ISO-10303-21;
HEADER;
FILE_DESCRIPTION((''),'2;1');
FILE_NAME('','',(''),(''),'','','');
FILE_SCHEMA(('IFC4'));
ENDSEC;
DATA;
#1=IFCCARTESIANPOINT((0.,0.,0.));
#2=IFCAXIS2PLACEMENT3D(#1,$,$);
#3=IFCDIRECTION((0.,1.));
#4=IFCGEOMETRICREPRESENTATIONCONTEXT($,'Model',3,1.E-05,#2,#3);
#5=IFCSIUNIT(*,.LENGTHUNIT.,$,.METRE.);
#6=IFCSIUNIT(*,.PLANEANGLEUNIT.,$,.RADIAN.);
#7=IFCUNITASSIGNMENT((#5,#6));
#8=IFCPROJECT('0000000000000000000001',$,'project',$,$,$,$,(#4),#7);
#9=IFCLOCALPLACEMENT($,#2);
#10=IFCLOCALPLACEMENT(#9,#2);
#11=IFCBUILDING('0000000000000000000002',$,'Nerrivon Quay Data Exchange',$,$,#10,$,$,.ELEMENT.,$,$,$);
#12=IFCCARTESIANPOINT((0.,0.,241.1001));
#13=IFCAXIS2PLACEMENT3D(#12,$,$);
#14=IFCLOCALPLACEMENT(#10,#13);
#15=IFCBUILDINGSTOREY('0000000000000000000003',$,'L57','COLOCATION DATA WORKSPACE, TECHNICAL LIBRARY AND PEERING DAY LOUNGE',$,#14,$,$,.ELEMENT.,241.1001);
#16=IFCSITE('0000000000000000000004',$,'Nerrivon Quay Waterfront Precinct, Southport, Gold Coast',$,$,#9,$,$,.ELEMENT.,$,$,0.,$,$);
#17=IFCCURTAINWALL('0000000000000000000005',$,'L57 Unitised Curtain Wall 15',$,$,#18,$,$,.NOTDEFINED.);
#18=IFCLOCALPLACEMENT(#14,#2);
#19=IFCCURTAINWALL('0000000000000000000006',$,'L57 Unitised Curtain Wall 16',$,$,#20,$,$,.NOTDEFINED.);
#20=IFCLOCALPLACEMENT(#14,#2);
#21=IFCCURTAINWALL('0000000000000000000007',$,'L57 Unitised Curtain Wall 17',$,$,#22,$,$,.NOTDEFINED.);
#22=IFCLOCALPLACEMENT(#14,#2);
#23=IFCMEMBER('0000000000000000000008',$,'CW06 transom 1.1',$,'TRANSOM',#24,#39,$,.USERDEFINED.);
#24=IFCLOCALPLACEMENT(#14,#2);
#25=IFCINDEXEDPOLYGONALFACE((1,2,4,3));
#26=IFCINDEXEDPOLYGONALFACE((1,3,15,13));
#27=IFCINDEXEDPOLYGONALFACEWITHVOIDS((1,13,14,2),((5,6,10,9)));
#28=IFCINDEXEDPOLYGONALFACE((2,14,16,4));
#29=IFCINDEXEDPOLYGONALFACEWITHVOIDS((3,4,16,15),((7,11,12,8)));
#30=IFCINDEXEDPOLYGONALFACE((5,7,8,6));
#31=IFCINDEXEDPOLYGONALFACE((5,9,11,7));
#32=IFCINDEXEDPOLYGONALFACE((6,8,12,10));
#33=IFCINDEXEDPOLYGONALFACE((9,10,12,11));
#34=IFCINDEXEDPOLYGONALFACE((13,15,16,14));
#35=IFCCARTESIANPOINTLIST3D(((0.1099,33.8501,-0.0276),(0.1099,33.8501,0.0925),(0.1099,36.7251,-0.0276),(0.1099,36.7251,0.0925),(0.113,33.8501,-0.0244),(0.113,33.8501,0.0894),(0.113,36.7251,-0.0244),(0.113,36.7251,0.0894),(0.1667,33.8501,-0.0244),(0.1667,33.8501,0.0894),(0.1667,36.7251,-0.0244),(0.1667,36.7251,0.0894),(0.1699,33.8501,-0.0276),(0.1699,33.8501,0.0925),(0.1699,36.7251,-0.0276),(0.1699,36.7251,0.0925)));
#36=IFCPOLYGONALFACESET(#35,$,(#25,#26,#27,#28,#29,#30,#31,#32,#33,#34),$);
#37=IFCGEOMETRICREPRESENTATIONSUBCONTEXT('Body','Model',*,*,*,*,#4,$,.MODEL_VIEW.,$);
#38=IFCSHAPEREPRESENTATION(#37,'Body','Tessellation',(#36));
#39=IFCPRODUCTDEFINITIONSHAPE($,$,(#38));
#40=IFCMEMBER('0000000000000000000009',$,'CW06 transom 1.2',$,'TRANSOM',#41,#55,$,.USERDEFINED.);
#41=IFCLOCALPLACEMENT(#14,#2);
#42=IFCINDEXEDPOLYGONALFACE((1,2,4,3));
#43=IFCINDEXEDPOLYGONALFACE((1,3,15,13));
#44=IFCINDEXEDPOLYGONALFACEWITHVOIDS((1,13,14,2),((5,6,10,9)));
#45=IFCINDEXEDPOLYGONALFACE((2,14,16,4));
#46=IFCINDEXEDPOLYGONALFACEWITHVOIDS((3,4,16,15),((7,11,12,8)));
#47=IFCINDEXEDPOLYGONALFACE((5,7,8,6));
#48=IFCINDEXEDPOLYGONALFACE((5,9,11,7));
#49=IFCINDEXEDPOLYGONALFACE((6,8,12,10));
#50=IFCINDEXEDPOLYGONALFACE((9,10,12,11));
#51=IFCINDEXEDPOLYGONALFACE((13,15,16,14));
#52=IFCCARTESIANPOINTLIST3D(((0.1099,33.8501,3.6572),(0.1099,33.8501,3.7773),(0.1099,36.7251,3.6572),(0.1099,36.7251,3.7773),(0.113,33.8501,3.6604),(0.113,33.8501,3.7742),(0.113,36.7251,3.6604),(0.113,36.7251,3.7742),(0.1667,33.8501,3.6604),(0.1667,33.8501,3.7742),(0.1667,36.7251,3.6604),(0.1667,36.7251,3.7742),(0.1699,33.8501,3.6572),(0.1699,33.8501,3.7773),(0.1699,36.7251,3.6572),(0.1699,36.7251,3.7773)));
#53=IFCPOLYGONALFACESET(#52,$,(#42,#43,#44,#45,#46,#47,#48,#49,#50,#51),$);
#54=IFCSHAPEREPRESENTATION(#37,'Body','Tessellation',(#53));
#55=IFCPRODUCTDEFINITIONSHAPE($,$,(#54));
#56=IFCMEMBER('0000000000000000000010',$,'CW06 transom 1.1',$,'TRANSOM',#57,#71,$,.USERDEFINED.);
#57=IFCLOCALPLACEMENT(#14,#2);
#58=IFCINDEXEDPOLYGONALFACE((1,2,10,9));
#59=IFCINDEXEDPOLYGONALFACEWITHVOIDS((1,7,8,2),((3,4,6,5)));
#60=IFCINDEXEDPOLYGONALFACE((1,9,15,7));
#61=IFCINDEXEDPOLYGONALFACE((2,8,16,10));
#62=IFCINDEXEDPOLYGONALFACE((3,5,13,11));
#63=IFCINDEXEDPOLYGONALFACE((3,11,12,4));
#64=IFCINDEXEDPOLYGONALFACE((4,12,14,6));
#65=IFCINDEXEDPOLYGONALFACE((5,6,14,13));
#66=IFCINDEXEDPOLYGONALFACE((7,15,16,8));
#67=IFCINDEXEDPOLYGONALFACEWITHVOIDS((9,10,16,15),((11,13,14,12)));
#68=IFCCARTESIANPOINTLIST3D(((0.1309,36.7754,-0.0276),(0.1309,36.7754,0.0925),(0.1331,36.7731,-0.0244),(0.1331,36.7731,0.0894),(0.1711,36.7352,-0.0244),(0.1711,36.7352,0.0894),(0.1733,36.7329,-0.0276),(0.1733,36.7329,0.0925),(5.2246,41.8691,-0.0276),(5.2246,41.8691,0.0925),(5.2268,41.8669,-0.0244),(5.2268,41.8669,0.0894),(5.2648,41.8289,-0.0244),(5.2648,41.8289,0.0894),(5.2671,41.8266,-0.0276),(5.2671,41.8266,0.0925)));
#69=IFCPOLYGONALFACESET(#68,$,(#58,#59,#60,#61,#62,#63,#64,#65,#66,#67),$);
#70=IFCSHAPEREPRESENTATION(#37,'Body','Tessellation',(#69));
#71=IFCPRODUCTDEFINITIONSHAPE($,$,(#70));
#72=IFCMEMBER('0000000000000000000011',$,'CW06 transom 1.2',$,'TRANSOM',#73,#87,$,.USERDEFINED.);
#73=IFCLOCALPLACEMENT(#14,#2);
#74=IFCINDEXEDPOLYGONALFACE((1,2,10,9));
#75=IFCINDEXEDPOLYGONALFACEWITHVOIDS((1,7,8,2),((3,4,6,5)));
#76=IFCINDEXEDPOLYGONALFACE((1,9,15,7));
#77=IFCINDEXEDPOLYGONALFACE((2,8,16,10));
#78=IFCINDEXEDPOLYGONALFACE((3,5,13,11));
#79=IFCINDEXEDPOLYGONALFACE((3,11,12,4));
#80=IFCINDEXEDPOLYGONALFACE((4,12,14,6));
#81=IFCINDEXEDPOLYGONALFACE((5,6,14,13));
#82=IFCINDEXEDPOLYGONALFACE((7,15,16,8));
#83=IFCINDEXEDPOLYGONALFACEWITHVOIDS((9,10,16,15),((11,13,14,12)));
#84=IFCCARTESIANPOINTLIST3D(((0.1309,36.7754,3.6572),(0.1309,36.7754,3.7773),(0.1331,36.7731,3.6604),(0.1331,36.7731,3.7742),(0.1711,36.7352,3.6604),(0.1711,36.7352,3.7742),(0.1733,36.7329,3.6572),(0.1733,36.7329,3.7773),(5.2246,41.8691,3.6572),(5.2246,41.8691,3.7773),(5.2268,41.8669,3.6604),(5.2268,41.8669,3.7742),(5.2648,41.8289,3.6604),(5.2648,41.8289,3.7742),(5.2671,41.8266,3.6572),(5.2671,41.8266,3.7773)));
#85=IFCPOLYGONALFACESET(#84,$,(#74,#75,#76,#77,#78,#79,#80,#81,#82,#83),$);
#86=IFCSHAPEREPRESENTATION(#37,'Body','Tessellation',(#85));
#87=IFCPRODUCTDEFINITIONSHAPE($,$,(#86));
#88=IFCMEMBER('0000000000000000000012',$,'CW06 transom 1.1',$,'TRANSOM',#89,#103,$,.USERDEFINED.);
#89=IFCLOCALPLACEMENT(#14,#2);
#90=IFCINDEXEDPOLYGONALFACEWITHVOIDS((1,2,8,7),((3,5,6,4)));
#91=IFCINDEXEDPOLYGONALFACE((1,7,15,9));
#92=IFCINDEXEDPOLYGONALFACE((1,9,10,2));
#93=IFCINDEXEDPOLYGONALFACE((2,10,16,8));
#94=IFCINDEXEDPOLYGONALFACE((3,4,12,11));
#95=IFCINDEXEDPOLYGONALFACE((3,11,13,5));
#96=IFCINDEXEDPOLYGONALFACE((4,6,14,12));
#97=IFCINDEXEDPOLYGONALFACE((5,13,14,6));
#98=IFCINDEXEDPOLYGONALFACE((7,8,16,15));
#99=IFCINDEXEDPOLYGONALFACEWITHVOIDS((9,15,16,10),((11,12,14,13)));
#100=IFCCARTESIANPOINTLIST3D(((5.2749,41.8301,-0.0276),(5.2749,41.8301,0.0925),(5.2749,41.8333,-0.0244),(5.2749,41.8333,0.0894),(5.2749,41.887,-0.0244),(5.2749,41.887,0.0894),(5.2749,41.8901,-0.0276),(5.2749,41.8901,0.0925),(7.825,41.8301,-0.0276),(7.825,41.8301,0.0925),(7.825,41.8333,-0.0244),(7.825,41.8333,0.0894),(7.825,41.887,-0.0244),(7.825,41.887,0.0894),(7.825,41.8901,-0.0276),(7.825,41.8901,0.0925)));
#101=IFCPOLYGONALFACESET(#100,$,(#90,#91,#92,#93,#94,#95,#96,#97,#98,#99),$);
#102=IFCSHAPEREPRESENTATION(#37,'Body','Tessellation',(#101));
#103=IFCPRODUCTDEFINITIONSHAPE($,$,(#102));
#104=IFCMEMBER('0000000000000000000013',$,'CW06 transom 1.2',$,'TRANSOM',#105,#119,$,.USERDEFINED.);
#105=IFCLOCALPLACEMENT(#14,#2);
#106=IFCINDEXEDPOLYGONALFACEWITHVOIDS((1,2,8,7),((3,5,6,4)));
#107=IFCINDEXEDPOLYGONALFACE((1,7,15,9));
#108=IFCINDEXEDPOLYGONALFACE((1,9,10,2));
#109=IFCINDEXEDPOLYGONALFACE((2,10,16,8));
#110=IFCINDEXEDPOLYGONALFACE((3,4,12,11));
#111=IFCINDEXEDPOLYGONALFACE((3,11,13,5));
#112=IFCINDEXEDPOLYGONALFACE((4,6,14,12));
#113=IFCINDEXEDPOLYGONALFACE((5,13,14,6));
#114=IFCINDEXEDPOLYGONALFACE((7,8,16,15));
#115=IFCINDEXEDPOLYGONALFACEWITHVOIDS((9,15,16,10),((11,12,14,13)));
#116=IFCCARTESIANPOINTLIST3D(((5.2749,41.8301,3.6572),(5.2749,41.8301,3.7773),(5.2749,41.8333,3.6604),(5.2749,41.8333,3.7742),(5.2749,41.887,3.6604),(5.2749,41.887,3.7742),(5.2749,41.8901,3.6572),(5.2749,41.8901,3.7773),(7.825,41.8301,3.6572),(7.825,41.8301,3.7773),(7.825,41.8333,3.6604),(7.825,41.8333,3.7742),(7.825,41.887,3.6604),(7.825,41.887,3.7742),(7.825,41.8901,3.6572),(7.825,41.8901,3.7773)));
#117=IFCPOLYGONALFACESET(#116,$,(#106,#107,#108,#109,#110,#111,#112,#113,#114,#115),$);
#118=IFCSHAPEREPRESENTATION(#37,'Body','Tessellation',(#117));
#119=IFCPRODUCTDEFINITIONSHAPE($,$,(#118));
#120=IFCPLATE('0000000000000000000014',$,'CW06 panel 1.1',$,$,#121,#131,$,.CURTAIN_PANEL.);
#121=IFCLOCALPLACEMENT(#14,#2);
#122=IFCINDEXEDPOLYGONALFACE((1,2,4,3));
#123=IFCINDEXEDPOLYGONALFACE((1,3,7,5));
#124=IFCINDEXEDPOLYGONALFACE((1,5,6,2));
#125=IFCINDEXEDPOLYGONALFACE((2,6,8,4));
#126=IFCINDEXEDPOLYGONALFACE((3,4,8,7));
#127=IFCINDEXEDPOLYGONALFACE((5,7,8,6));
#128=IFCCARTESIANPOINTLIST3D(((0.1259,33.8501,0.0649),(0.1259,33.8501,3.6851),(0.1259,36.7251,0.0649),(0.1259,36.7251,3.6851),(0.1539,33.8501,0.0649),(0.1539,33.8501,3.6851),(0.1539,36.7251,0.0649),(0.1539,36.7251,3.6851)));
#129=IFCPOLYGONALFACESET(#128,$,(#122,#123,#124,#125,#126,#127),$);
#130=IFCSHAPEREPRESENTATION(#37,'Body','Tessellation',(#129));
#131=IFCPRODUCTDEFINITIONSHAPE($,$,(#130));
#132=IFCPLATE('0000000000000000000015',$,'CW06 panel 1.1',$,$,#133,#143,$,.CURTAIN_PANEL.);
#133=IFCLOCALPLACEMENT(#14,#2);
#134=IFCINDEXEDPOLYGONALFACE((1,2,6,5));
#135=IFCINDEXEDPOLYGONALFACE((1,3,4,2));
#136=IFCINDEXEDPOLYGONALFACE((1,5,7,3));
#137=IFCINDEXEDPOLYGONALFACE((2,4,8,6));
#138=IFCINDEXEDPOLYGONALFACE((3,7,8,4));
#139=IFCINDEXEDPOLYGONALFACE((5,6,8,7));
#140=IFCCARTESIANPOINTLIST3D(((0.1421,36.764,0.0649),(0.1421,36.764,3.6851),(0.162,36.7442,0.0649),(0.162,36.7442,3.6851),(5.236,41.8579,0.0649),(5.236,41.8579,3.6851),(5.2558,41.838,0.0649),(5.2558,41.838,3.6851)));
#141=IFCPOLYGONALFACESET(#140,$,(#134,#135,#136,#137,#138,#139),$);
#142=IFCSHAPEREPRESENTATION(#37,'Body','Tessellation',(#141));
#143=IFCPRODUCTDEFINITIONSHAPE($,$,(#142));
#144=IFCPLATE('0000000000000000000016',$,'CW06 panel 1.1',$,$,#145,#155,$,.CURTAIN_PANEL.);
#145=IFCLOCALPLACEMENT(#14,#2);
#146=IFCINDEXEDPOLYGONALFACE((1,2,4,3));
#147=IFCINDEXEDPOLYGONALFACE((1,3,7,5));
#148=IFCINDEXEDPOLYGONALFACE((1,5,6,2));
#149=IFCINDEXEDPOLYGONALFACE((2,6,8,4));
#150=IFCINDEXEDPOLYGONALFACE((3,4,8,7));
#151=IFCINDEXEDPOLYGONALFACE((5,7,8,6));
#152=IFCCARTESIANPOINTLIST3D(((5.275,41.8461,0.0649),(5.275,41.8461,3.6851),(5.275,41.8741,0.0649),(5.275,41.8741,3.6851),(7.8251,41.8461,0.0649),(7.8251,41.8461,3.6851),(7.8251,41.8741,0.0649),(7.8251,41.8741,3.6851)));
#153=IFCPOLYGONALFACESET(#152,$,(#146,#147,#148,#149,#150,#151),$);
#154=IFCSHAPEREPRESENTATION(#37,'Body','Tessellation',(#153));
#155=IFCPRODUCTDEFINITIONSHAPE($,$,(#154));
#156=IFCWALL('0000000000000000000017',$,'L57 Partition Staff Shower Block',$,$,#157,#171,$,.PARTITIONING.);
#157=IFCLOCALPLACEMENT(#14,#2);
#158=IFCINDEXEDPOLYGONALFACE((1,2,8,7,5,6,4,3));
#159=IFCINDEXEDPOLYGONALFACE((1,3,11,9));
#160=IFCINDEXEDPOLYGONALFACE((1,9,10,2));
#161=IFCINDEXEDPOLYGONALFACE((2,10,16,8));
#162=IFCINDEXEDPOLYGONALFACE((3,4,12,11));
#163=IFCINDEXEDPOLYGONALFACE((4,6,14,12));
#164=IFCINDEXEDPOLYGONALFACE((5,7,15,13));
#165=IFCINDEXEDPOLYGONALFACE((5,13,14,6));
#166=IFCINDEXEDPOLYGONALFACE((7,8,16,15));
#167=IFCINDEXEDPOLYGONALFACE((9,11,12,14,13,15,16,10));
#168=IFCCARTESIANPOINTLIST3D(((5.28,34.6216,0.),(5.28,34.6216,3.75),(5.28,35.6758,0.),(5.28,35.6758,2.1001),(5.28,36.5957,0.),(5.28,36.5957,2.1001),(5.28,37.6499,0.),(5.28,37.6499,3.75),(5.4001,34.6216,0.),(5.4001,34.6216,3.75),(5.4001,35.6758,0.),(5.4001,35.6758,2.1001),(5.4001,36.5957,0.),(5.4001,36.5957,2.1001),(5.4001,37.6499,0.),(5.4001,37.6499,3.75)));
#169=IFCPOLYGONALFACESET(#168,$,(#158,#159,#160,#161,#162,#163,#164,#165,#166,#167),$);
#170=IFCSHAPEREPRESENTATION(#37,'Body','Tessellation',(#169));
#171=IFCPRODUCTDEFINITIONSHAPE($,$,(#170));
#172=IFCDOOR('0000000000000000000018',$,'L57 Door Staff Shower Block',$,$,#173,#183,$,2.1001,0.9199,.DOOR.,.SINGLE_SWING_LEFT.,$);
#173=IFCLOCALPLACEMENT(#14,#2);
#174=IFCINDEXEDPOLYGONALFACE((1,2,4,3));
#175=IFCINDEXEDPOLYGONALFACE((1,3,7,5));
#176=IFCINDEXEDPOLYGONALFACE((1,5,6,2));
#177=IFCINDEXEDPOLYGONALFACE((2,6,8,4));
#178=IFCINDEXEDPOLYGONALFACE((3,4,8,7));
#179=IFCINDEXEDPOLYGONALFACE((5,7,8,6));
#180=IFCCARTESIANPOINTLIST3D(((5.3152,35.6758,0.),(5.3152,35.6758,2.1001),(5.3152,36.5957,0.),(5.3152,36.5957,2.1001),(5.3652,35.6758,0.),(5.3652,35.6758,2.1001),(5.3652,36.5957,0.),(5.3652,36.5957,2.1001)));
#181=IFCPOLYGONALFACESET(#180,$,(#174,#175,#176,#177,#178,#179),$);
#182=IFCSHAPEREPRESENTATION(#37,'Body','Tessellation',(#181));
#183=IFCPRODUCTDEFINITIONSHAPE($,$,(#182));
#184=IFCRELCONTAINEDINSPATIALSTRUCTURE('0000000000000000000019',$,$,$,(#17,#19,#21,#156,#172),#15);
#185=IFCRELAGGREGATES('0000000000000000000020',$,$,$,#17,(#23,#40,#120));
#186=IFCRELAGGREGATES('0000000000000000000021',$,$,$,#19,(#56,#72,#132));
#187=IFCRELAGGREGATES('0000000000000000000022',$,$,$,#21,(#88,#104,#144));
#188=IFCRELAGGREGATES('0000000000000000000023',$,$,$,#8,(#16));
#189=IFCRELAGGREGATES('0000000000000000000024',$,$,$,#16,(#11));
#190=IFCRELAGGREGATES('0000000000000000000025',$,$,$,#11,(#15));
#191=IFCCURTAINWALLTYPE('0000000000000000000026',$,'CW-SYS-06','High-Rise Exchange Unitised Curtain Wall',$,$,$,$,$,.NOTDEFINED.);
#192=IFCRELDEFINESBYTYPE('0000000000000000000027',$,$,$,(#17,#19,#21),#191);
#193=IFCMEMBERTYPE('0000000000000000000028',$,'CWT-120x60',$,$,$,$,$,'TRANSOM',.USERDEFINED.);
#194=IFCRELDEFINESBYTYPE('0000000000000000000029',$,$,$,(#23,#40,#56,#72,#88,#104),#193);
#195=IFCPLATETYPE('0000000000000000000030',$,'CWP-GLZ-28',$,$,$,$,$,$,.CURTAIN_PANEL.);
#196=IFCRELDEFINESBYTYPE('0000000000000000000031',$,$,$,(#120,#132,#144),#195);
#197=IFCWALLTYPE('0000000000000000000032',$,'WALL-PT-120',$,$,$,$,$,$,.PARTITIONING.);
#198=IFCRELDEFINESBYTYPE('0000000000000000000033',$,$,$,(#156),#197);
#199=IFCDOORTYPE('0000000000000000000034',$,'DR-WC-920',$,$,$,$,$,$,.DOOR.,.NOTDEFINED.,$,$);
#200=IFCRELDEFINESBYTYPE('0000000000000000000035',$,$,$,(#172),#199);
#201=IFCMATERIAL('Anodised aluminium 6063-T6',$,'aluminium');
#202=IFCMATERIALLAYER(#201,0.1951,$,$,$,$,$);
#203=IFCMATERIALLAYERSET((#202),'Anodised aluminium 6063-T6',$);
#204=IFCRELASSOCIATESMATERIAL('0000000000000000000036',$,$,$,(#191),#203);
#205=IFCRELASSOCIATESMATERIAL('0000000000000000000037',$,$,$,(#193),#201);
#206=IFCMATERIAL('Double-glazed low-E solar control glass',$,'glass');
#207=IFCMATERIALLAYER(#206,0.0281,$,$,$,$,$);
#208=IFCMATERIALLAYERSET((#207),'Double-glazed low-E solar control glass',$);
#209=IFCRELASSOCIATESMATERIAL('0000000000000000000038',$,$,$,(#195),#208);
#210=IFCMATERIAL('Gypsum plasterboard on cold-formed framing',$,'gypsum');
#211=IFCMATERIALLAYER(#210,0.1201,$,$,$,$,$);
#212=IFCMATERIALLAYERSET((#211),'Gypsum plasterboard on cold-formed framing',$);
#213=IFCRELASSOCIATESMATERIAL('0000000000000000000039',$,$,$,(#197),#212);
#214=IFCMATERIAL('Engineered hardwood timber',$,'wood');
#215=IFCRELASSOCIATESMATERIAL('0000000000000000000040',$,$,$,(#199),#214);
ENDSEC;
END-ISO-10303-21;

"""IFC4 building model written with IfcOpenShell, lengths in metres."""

from ifc_helpers import new_model, si_unit, direction, frame, frame_2d, origin, origin_2d, place, context, subcontext, project, spatial, rectangle, hollow_rectangle, extrude, material, layer, layer_set, material_profile, profile_set, type_object, element, fill, aggregate, save


model = new_model("IFC4")

# Units and contexts
model_context = context("Model", 3, precision=1e-05, world=origin(), true_north=direction((0.0, 1.0)))
body_context = subcontext(model_context, "Body", "Model", "MODEL_VIEW")
ifc_project = project(units=[si_unit("LENGTHUNIT", "METRE"), si_unit("PLANEANGLEUNIT", "RADIAN")], contexts=[model_context])

# Site, building, storey
site_placement = place(None, origin())
site = spatial("IfcSite", under=ifc_project, at=site_placement, Name="Nerrivon Quay Waterfront Precinct, Southport, Gold Coast", CompositionType="ELEMENT", RefElevation=0.0)
building_placement = place(site_placement, origin())
building = spatial("IfcBuilding", under=site, at=building_placement, Name="Nerrivon Quay Data Exchange", CompositionType="ELEMENT")
storey_placement = place(building_placement, frame((0.0, 0.0, 241.1001)))
storey = spatial("IfcBuildingStorey", under=building, at=storey_placement, Name="L57", Description="COLOCATION DATA WORKSPACE, TECHNICAL LIBRARY AND PEERING DAY LOUNGE", CompositionType="ELEMENT", Elevation=241.1001)

# Curtain walls
ifc_material_1 = material(Name="Anodised aluminium 6063-T6", Category="aluminium")
ifc_layer_1 = layer(ifc_material_1, 0.1951)
ifc_layer_set_1 = layer_set([ifc_layer_1], Name="Anodised aluminium 6063-T6")
curtain_wall_type = type_object("IfcCurtainWallType", Name="CW-SYS-06", Description="High-Rise Exchange Unitised Curtain Wall", PredefinedType="NOTDEFINED", material=ifc_layer_set_1)
curtain_wall_1_placement = place(storey_placement, origin())
curtain_wall_1 = element("IfcCurtainWall", 1, at=curtain_wall_1_placement, inside=storey, type_object=curtain_wall_type, Name="L57 Unitised Curtain Wall 15", PredefinedType="NOTDEFINED")
curtain_wall_2_placement = place(storey_placement, origin())
curtain_wall_2 = element("IfcCurtainWall", 2, at=curtain_wall_2_placement, inside=storey, type_object=curtain_wall_type, Name="L57 Unitised Curtain Wall 16", PredefinedType="NOTDEFINED")
curtain_wall_3_placement = place(storey_placement, origin())
curtain_wall_3 = element("IfcCurtainWall", 3, at=curtain_wall_3_placement, inside=storey, type_object=curtain_wall_type, Name="L57 Unitised Curtain Wall 17", PredefinedType="NOTDEFINED")

# Members
ifc_material_profile_1 = material_profile(ifc_material_1, hollow_rectangle(XDim=0.0601, YDim=0.1201, WallThickness=0.0032, at=origin_2d()), Name="ALU-TRAN-120x60")
ifc_profile_set_1 = profile_set([ifc_material_profile_1], Name="Anodised aluminium 6063-T6")
member_type_1 = type_object("IfcMemberType", Name="CWT-120x60", ElementType="TRANSOM", PredefinedType="USERDEFINED", material=ifc_profile_set_1)
member_1_placement = place(storey_placement, frame((0.1399, 33.8501, 0.0325), z_axis=(0.0, 1.0, 0.0), x_axis=(-1.0, 0.0, 0.0)))
member_1 = element("IfcMember", 4, at=member_1_placement, type_object=member_type_1, Name="CW06 transom 1.1", ObjectType="TRANSOM", PredefinedType="USERDEFINED", context=body_context, shape_type="SweptSolid", body=[
    extrude(hollow_rectangle(XDim=0.0601, YDim=0.1201, WallThickness=0.0032, at=origin_2d()), origin(), (0.0, 0.0, 1.0), 2.875),
])
member_2_placement = place(storey_placement, frame((0.1399, 33.8501, 3.7173), z_axis=(0.0, 1.0, 0.0), x_axis=(-1.0, 0.0, 0.0)))
member_2 = element("IfcMember", 5, at=member_2_placement, type_object=member_type_1, Name="CW06 transom 1.2", ObjectType="TRANSOM", PredefinedType="USERDEFINED", context=body_context, shape_type="SweptSolid", body=[
    extrude(hollow_rectangle(XDim=0.0601, YDim=0.1201, WallThickness=0.0032, at=origin_2d()), origin(), (0.0, 0.0, 1.0), 2.875),
])
member_3_placement = place(storey_placement, frame((0.1521, 36.7542, 0.0325), z_axis=(0.707107, 0.707107, 0.0), x_axis=(-0.707107, 0.707107, 0.0)))
member_3 = element("IfcMember", 6, at=member_3_placement, type_object=member_type_1, Name="CW06 transom 1.1", ObjectType="TRANSOM", PredefinedType="USERDEFINED", context=body_context, shape_type="SweptSolid", body=[
    extrude(hollow_rectangle(XDim=0.0601, YDim=0.1201, WallThickness=0.0032, at=origin_2d()), origin(), (0.0, 0.0, 1.0), 7.2036),
])
member_4_placement = place(storey_placement, frame((0.1521, 36.7542, 3.7173), z_axis=(0.707107, 0.707107, 0.0), x_axis=(-0.707107, 0.707107, 0.0)))
member_4 = element("IfcMember", 7, at=member_4_placement, type_object=member_type_1, Name="CW06 transom 1.2", ObjectType="TRANSOM", PredefinedType="USERDEFINED", context=body_context, shape_type="SweptSolid", body=[
    extrude(hollow_rectangle(XDim=0.0601, YDim=0.1201, WallThickness=0.0032, at=origin_2d()), origin(), (0.0, 0.0, 1.0), 7.2036),
])
member_5_placement = place(storey_placement, frame((5.2749, 41.8601, 0.0325), z_axis=(1.0, 0.0, 0.0), x_axis=(0.0, 1.0, 0.0)))
member_5 = element("IfcMember", 8, at=member_5_placement, type_object=member_type_1, Name="CW06 transom 1.1", ObjectType="TRANSOM", PredefinedType="USERDEFINED", context=body_context, shape_type="SweptSolid", body=[
    extrude(hollow_rectangle(XDim=0.0601, YDim=0.1201, WallThickness=0.0032, at=origin_2d()), origin(), (0.0, 0.0, 1.0), 2.55),
])
member_6_placement = place(storey_placement, frame((5.2749, 41.8601, 3.7173), z_axis=(1.0, 0.0, 0.0), x_axis=(0.0, 1.0, 0.0)))
member_6 = element("IfcMember", 9, at=member_6_placement, type_object=member_type_1, Name="CW06 transom 1.2", ObjectType="TRANSOM", PredefinedType="USERDEFINED", context=body_context, shape_type="SweptSolid", body=[
    extrude(hollow_rectangle(XDim=0.0601, YDim=0.1201, WallThickness=0.0032, at=origin_2d()), origin(), (0.0, 0.0, 1.0), 2.55),
])

# Plates
ifc_material_2 = material(Name="Double-glazed low-E solar control glass", Category="glass")
ifc_layer_2 = layer(ifc_material_2, 0.0281)
ifc_layer_set_2 = layer_set([ifc_layer_2], Name="Double-glazed low-E solar control glass")
plate_type = type_object("IfcPlateType", Name="CWP-GLZ-28", PredefinedType="CURTAIN_PANEL", material=ifc_layer_set_2)
plate_1_placement = place(storey_placement, frame((0.1399, 35.2876, 0.0649), z_axis=(0.0, 0.0, 1.0), x_axis=(0.0, 1.0, 0.0)))
plate_1 = element("IfcPlate", 10, at=plate_1_placement, type_object=plate_type, Name="CW06 panel 1.1", PredefinedType="CURTAIN_PANEL", context=body_context, shape_type="SweptSolid", body=[
    extrude(rectangle(XDim=2.875, YDim=0.0281, at=origin_2d()), origin(), (0.0, 0.0, 1.0), 3.6201),
])
aggregate(curtain_wall_1, [member_1, member_2, plate_1])
plate_2_placement = place(storey_placement, frame((2.699, 39.301, 0.0649), z_axis=(0.0, 0.0, 1.0), x_axis=(0.707107, 0.707107, 0.0)))
plate_2 = element("IfcPlate", 11, at=plate_2_placement, type_object=plate_type, Name="CW06 panel 1.1", PredefinedType="CURTAIN_PANEL", context=body_context, shape_type="SweptSolid", body=[
    extrude(rectangle(XDim=7.2039, YDim=0.0281, at=origin_2d()), origin(), (0.0, 0.0, 1.0), 3.6201),
])
aggregate(curtain_wall_2, [member_3, member_4, plate_2])
plate_3_placement = place(storey_placement, frame((6.55, 41.8601, 0.0649), z_axis=(0.0, 0.0, 1.0), x_axis=(1.0, 0.0, 0.0)))
plate_3 = element("IfcPlate", 12, at=plate_3_placement, type_object=plate_type, Name="CW06 panel 1.1", PredefinedType="CURTAIN_PANEL", context=body_context, shape_type="SweptSolid", body=[
    extrude(rectangle(XDim=2.55, YDim=0.0281, at=origin_2d()), origin(), (0.0, 0.0, 1.0), 3.6201),
])
aggregate(curtain_wall_3, [member_5, member_6, plate_3])

# Wall, opening, door
ifc_material_3 = material(Name="Gypsum plasterboard on cold-formed framing", Category="gypsum")
ifc_layer_3 = layer(ifc_material_3, 0.1201)
ifc_layer_set_3 = layer_set([ifc_layer_3], Name="Gypsum plasterboard on cold-formed framing")
wall_type_1 = type_object("IfcWallType", Name="WALL-PT-120", PredefinedType="PARTITIONING", material=ifc_layer_set_3)
wall_1_placement = place(storey_placement, frame((5.3401, 34.6216, 0.0), z_axis=(0.0, 0.0, 1.0), x_axis=(0.0, 1.0, 0.0)))
wall_1 = element("IfcWall", 13, at=wall_1_placement, inside=storey, type_object=wall_type_1, Name="L57 Partition Staff Shower Block", PredefinedType="PARTITIONING", context=body_context, shape_type="SweptSolid", body=[
    extrude(rectangle(XDim=3.0283, YDim=0.1201, at=frame_2d((1.5142, 0.0))), origin(), (0.0, 0.0, 1.0), 3.75),
])
opening_placement = place(wall_1_placement, frame((1.0542, 0.0, 0.0)))
opening = element("IfcOpeningElement", 14, at=opening_placement, cuts=wall_1, PredefinedType="OPENING", context=body_context, shape_type="SweptSolid", body=[
    extrude(rectangle(XDim=0.9199, YDim=2.1001, at=frame_2d((0.46, 1.05))), frame((0.0, 0.0701, 0.0), z_axis=(0.0, -1.0, 0.0), x_axis=(1.0, 0.0, 0.0)), (0.0, 0.0, 1.0), 0.1401),
])
ifc_material_4 = material(Name="Engineered hardwood timber", Category="wood")
door_type = type_object("IfcDoorType", Name="DR-WC-920", OperationType="NOTDEFINED", PredefinedType="DOOR", material=ifc_material_4)
door_placement = place(opening_placement, origin())
door = element("IfcDoor", 15, at=door_placement, inside=storey, type_object=door_type, Name="L57 Door Staff Shower Block", OperationType="SINGLE_SWING_LEFT", OverallHeight=2.1001, OverallWidth=0.9199, PredefinedType="DOOR", context=body_context, shape_type="SweptSolid", body=[
    extrude(rectangle(XDim=0.9199, YDim=2.1001, at=frame_2d((0.46, 1.05))), frame((0.0, 0.0249, 0.0), z_axis=(0.0, -1.0, 0.0), x_axis=(1.0, 0.0, 0.0)), (0.0, 0.0, 1.0), 0.05),
])
fill(opening, door)

save(model, "model.ifc")
